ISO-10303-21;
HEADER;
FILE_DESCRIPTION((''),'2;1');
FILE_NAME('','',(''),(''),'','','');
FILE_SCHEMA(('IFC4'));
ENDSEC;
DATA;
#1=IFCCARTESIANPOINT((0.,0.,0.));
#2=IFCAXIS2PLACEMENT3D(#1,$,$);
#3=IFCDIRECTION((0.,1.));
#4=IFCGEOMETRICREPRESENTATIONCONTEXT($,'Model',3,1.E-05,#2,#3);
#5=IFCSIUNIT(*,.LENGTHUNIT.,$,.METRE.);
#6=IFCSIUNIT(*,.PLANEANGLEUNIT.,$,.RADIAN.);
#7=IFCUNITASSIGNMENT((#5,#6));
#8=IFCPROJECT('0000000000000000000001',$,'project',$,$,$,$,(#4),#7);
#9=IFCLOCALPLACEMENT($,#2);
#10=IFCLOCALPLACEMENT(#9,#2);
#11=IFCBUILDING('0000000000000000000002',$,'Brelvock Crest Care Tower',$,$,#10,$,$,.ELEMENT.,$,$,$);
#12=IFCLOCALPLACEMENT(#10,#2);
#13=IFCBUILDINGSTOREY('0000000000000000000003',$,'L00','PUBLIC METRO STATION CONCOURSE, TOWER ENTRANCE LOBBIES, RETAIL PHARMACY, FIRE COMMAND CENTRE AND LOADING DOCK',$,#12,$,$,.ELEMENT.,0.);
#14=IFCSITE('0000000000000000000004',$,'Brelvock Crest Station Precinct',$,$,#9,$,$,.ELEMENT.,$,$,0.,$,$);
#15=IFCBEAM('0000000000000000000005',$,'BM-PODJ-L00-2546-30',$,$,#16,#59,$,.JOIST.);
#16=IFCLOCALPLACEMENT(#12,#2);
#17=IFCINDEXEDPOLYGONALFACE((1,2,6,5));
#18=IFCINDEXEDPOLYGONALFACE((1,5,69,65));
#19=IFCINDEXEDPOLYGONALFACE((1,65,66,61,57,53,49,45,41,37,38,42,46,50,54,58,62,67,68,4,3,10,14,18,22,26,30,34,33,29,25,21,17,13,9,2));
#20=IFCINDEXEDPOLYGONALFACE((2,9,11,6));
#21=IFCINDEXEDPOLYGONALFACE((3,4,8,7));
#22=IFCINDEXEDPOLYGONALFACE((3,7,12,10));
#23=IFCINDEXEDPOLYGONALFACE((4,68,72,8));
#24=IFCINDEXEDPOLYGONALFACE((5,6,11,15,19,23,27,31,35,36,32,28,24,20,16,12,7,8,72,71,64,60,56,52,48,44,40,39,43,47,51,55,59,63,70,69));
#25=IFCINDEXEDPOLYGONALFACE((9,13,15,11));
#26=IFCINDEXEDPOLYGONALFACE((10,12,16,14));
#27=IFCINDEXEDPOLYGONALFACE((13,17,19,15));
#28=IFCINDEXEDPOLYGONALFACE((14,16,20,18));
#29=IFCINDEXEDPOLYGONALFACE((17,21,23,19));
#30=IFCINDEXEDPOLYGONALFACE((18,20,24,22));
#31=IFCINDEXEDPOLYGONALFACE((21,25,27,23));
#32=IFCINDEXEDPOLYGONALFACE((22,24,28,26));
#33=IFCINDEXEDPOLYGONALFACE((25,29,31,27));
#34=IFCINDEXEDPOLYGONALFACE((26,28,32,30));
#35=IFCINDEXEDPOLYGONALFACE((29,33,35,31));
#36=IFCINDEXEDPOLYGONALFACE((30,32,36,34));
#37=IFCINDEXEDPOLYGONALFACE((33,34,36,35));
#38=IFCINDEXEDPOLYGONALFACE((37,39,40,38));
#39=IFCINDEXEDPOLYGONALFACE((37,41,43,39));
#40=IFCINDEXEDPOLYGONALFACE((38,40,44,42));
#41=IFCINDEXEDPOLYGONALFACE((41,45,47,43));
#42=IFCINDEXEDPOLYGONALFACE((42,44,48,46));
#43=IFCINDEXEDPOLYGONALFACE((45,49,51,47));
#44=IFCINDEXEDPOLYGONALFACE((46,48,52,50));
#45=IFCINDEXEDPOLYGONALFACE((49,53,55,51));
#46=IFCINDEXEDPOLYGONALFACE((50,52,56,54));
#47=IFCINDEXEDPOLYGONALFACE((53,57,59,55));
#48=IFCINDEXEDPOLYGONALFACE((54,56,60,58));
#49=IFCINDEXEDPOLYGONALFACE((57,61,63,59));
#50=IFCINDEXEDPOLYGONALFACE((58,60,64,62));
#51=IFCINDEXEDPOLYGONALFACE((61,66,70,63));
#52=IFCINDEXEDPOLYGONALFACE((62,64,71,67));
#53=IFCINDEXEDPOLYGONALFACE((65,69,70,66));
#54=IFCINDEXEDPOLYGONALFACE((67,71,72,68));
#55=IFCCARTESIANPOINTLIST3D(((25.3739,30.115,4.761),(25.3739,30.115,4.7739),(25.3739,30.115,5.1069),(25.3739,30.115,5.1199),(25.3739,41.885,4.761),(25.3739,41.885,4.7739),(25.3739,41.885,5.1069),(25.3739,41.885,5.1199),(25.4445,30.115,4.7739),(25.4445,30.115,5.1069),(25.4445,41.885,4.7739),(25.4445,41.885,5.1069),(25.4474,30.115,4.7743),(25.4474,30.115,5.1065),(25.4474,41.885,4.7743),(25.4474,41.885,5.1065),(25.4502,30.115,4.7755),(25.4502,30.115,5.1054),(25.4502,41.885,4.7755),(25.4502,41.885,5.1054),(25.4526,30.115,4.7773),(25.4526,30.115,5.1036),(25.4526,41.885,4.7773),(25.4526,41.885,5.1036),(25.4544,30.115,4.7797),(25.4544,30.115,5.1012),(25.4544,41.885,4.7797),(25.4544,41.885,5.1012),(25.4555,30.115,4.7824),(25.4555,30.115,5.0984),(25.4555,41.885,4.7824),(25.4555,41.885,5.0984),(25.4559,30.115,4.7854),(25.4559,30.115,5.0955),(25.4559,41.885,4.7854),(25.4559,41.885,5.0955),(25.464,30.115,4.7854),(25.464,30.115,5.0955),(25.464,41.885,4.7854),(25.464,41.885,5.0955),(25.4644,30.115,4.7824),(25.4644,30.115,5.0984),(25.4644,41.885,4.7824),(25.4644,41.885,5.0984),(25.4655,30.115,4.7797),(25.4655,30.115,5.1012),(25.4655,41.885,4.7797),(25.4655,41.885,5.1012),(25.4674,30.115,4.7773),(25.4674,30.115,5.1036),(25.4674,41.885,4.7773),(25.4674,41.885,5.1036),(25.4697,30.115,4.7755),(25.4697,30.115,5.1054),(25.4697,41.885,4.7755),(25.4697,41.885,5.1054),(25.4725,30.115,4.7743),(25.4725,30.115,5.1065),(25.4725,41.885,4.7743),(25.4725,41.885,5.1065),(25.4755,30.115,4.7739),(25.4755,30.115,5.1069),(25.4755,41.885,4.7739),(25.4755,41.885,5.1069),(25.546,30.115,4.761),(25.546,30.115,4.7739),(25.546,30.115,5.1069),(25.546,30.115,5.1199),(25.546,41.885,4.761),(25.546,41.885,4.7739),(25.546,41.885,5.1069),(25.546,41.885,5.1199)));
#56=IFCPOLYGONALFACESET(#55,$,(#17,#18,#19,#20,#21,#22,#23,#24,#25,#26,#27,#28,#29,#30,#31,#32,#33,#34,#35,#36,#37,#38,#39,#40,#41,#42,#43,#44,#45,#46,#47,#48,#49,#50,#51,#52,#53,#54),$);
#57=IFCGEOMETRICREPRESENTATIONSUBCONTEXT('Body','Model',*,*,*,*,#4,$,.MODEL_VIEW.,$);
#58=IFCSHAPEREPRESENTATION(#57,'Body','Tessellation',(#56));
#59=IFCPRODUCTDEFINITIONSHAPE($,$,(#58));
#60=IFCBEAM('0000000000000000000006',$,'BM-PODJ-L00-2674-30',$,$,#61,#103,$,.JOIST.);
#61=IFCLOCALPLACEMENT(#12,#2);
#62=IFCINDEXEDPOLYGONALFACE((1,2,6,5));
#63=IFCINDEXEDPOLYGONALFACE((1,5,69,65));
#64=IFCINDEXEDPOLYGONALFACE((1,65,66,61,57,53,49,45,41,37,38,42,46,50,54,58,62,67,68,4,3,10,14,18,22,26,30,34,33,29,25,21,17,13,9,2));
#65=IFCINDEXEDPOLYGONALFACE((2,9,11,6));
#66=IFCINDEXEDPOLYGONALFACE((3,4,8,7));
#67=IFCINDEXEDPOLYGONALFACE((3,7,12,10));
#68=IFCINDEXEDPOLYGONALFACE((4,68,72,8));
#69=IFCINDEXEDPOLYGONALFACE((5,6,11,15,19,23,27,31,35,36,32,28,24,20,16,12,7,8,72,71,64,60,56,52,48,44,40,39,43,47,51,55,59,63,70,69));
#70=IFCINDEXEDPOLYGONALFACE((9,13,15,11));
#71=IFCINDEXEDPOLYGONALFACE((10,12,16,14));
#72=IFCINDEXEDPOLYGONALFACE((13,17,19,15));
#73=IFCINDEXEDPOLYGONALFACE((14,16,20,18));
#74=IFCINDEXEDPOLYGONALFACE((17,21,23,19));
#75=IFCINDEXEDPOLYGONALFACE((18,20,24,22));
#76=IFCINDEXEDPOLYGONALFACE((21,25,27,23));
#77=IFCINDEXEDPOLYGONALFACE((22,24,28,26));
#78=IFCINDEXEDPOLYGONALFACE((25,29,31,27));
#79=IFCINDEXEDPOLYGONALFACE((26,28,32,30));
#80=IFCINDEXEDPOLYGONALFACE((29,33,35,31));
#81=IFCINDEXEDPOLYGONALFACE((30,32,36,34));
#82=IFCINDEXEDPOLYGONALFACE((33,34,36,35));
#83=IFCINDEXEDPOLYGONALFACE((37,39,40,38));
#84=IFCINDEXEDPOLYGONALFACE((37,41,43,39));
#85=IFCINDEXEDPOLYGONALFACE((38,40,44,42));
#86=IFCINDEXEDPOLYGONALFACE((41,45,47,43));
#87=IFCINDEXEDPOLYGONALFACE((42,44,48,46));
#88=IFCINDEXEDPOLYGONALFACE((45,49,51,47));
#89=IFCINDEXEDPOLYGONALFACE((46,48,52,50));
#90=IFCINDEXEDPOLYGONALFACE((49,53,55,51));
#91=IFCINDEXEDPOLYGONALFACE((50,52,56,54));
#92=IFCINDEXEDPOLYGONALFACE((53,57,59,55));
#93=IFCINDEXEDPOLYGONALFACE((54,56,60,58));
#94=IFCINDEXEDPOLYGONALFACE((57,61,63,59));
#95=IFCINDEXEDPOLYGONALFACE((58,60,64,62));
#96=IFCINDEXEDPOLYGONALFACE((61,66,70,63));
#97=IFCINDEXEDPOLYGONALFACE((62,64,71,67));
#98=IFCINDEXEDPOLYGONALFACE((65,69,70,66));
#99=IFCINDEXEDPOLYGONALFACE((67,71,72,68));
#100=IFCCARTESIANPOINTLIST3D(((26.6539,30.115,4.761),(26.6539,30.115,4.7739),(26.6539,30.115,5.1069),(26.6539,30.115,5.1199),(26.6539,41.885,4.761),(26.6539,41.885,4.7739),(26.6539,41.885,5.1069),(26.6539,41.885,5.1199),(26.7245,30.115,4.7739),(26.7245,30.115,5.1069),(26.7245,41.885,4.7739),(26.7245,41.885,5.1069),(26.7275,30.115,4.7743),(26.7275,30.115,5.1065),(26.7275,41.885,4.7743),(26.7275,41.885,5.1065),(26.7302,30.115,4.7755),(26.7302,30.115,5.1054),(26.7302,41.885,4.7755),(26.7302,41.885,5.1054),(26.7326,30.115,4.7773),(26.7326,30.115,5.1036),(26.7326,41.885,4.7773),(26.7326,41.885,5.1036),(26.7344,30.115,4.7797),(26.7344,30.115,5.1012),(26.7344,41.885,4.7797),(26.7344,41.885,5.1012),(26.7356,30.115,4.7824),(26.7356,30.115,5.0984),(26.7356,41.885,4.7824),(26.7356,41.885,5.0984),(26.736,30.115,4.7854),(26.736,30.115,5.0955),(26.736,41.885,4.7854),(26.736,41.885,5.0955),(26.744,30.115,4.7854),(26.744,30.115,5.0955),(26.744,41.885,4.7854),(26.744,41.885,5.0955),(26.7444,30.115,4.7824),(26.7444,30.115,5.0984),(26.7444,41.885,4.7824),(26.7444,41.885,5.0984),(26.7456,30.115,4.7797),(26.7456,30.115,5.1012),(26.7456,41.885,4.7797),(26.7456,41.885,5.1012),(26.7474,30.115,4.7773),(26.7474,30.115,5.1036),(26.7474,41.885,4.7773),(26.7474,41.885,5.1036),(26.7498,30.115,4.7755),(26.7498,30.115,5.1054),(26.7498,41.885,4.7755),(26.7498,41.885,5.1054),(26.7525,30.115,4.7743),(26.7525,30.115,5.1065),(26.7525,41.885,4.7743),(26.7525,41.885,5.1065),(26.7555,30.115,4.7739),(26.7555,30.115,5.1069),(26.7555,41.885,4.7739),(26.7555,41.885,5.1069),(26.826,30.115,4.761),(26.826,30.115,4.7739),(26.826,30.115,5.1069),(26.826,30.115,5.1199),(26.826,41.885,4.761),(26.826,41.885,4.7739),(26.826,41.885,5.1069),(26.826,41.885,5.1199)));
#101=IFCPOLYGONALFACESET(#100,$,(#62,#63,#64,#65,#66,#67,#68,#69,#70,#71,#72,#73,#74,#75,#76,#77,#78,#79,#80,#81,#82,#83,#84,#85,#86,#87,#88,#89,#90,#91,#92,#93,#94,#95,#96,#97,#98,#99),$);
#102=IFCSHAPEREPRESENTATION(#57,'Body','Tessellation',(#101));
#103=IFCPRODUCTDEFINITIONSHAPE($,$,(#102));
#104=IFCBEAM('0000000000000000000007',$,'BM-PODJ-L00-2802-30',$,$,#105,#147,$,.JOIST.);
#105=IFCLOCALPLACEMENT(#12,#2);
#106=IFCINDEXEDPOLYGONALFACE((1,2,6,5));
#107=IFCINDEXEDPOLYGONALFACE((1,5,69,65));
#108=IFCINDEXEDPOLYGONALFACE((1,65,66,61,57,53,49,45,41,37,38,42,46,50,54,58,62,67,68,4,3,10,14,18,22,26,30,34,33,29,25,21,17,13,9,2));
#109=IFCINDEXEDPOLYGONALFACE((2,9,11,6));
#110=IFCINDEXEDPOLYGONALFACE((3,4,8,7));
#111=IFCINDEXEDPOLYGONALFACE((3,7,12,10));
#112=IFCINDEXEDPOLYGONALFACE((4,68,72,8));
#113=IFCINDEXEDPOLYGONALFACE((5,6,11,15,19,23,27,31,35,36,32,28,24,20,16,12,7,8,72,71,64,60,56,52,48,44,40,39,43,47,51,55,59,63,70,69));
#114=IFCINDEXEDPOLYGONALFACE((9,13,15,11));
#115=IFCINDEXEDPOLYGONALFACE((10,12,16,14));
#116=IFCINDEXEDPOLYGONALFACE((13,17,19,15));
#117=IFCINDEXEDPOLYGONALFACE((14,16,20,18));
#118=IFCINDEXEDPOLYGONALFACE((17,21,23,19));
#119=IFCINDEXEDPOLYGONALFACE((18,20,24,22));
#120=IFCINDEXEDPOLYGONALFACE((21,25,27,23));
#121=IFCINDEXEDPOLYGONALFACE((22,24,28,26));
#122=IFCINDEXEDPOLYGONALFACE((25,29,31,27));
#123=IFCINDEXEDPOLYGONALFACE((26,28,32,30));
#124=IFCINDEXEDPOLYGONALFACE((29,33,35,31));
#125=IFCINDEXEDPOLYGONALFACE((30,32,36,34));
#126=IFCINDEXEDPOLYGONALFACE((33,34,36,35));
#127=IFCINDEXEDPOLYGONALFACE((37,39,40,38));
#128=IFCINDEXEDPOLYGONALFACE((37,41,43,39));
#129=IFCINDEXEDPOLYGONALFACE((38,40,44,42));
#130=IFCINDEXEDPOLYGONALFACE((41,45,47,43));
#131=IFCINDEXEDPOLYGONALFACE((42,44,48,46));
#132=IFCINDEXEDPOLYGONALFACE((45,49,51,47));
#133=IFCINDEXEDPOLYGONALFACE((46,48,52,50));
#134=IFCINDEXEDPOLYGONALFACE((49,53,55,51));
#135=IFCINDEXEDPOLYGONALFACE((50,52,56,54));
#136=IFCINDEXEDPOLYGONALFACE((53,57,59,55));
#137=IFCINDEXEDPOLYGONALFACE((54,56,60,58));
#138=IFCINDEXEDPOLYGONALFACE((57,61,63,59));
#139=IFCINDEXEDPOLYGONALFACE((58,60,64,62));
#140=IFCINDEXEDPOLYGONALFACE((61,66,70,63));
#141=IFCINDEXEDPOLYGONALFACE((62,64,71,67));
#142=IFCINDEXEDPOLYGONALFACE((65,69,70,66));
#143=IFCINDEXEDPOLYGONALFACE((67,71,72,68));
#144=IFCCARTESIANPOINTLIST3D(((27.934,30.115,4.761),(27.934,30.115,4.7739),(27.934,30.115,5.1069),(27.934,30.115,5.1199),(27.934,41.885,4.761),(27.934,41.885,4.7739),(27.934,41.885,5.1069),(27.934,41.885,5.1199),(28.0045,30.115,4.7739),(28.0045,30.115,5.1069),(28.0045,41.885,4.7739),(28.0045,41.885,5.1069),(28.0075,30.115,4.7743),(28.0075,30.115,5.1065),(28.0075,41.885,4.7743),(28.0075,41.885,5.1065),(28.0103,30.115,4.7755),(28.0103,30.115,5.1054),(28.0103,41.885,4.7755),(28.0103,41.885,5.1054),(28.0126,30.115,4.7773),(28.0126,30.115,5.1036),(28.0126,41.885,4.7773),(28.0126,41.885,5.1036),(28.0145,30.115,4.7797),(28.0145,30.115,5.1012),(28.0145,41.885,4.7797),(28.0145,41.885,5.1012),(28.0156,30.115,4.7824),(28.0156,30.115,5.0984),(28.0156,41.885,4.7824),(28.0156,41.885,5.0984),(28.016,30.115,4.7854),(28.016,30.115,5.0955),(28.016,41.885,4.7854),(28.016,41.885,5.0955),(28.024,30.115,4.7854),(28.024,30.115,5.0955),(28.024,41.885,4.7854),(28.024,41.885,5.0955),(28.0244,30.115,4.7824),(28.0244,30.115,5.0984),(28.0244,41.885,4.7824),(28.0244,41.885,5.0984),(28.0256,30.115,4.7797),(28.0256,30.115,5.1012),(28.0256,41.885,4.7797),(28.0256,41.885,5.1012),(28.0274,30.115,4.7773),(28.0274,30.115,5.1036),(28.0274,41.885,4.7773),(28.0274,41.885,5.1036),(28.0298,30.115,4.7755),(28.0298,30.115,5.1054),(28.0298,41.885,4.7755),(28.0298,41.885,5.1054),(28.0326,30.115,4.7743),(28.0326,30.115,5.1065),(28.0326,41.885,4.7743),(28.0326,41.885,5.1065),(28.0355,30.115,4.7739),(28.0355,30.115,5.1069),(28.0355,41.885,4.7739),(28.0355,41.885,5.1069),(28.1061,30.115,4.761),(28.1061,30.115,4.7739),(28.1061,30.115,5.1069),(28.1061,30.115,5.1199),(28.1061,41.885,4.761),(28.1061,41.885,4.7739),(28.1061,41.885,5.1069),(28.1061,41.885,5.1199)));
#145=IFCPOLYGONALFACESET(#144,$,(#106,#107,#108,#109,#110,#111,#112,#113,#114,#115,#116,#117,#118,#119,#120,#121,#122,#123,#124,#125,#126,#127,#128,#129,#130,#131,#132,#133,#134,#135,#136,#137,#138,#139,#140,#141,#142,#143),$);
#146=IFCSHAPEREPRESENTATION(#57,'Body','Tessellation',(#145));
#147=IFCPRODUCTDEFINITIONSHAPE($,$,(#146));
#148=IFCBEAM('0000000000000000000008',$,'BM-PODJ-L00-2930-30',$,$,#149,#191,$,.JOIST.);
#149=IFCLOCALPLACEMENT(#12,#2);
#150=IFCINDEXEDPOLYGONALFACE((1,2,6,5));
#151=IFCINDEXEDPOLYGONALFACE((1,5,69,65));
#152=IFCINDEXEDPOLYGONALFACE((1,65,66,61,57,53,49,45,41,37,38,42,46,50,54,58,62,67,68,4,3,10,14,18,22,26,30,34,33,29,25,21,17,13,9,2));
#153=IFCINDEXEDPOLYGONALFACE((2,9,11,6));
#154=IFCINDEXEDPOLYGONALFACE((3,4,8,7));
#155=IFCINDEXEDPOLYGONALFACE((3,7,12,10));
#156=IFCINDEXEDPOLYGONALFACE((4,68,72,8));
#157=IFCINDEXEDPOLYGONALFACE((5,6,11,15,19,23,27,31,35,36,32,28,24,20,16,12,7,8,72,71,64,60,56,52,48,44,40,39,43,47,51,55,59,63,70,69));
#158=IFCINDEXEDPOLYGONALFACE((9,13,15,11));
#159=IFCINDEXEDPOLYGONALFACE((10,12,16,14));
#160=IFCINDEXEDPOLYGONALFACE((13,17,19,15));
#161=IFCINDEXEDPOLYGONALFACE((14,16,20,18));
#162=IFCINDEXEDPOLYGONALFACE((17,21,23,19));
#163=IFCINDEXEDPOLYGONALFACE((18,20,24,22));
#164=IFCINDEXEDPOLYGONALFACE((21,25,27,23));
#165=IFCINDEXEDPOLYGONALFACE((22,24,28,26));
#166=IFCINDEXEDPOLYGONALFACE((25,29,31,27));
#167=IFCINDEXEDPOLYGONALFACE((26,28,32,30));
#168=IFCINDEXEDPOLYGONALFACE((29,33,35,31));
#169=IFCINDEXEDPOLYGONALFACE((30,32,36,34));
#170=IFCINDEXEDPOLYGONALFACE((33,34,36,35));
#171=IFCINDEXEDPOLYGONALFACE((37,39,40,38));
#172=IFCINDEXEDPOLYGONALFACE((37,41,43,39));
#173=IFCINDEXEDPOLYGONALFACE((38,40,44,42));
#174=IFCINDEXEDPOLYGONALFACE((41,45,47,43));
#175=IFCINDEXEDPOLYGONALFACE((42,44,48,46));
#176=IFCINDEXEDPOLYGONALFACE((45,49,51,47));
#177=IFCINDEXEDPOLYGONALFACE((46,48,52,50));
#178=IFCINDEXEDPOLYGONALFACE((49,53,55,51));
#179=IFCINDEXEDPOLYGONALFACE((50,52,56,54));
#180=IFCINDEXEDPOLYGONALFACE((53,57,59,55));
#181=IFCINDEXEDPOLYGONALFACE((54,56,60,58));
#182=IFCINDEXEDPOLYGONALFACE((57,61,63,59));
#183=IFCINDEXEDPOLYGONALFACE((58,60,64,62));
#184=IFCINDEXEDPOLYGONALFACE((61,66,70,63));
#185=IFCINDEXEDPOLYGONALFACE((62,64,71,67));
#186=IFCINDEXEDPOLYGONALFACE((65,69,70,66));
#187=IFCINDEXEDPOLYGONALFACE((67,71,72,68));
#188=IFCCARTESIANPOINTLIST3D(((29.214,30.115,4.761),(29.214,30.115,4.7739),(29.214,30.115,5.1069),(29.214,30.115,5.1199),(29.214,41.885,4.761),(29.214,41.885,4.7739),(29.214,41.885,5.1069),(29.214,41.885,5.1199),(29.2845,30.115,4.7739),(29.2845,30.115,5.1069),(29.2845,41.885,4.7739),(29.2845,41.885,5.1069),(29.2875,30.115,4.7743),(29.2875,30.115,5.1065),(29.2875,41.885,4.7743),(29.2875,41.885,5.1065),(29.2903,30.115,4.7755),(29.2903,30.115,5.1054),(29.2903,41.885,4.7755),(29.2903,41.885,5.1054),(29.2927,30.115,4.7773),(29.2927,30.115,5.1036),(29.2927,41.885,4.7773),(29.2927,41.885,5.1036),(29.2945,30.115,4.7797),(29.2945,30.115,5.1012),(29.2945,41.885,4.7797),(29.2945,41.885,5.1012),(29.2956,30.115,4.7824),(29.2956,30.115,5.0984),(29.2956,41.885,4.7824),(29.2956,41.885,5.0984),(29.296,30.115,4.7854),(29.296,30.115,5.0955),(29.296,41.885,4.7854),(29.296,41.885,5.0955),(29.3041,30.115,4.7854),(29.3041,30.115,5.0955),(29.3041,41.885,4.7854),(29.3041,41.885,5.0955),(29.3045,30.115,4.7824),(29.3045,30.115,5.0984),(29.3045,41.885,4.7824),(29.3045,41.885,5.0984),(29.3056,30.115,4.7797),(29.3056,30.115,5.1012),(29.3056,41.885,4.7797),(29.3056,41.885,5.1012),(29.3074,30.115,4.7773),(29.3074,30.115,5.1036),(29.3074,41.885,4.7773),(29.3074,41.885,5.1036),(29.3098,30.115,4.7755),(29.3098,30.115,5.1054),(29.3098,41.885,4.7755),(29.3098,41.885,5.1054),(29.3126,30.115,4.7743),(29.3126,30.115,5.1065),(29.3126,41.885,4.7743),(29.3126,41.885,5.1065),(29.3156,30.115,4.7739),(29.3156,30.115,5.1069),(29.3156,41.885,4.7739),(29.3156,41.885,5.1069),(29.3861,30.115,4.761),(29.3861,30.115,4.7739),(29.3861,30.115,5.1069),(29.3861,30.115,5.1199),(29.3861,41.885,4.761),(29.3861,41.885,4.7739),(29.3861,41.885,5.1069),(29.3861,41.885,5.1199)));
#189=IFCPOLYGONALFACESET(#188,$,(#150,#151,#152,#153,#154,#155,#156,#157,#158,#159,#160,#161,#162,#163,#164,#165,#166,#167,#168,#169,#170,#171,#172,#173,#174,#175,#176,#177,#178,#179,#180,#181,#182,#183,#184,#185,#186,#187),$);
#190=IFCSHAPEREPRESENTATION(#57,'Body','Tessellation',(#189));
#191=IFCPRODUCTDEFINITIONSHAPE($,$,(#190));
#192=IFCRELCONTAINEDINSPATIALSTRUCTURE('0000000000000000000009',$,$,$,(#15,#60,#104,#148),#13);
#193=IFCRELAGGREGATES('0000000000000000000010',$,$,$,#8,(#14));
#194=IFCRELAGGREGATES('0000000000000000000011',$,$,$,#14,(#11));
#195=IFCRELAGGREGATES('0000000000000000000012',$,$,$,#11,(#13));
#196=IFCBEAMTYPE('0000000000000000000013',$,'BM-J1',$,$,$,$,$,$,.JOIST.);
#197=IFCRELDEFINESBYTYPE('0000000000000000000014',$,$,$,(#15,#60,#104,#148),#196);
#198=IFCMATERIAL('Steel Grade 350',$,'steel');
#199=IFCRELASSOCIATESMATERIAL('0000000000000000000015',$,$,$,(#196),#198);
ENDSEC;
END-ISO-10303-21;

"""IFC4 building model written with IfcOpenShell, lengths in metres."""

from ifc_helpers import new_model, si_unit, direction, frame, origin, origin_2d, place, context, subcontext, project, spatial, i_section, extrude, source, transform, mapped, material, material_profile, profile_set, type_object, element, save


model = new_model("IFC4")

# Units and contexts
model_context = context("Model", 3, precision=1e-05, world=origin(), true_north=direction((0.0, 1.0)))
body_context = subcontext(model_context, "Body", "Model", "MODEL_VIEW")
ifc_project = project(units=[si_unit("LENGTHUNIT", "METRE"), si_unit("PLANEANGLEUNIT", "RADIAN")], contexts=[model_context])

# Site, building, storey
site_placement = place(None, origin())
site = spatial("IfcSite", under=ifc_project, at=site_placement, Name="Brelvock Crest Station Precinct", CompositionType="ELEMENT", RefElevation=0.0)
building_placement = place(site_placement, origin())
building = spatial("IfcBuilding", under=site, at=building_placement, Name="Brelvock Crest Care Tower", CompositionType="ELEMENT")
storey_placement = place(building_placement, origin())
storey = spatial("IfcBuildingStorey", under=building, at=storey_placement, Name="L00", Description="PUBLIC METRO STATION CONCOURSE, TOWER ENTRANCE LOBBIES, RETAIL PHARMACY, FIRE COMMAND CENTRE AND LOADING DOCK", CompositionType="ELEMENT", Elevation=0.0)

# Shared definitions
ifc_material_1 = material(Name="Steel Grade 350", Category="steel")

# Beams
ifc_material_profile_1 = material_profile(ifc_material_1, i_section(OverallWidth=0.1721, OverallDepth=0.3589, WebThickness=0.0081, FlangeThickness=0.0129, FilletRadius=0.0115, at=origin_2d()), Name="360UB56.7")
ifc_profile_set_1 = profile_set([ifc_material_profile_1], Name="Steel Grade 350")
beam_type_1 = type_object("IfcBeamType", Name="BM-J1", PredefinedType="JOIST", material=ifc_profile_set_1)
shared_shape_1 = source(origin(), body_context, "Body", "SweptSolid", [
    extrude(i_section(OverallWidth=0.1721, OverallDepth=0.3589, WebThickness=0.0081, FlangeThickness=0.0129, FilletRadius=0.0115, at=origin_2d()), origin(), (0.0, 0.0, 1.0), 11.77),
])
for number, where, z_axis, x_axis, name in (
    (1, (25.46, 30.115, 4.9404), (0.0, 1.0, 0.0), (-1.0, 0.0, 0.0), "BM-PODJ-L00-2546-30"),
    (2, (26.74, 30.115, 4.9404), (0.0, 1.0, 0.0), (-1.0, 0.0, 0.0), "BM-PODJ-L00-2674-30"),
    (3, (28.02, 30.115, 4.9404), (0.0, 1.0, 0.0), (-1.0, 0.0, 0.0), "BM-PODJ-L00-2802-30"),
    (4, (29.3, 30.115, 4.9404), (0.0, 1.0, 0.0), (-1.0, 0.0, 0.0), "BM-PODJ-L00-2930-30"),
):
    element("IfcBeam", number, at=place(storey_placement, frame(where, z_axis=z_axis, x_axis=x_axis)), inside=storey, type_object=beam_type_1, Name=name, PredefinedType="JOIST", context=body_context, shape_type="MappedRepresentation", body=[
        mapped(shared_shape_1, transform((0.0, 0.0, 0.0), x_axis=(1.0, 0.0, 0.0), y_axis=(0.0, 1.0, 0.0), z_axis=(0.0, 0.0, 1.0), scale=1.0)),
    ])

save(model, "model.ifc")
